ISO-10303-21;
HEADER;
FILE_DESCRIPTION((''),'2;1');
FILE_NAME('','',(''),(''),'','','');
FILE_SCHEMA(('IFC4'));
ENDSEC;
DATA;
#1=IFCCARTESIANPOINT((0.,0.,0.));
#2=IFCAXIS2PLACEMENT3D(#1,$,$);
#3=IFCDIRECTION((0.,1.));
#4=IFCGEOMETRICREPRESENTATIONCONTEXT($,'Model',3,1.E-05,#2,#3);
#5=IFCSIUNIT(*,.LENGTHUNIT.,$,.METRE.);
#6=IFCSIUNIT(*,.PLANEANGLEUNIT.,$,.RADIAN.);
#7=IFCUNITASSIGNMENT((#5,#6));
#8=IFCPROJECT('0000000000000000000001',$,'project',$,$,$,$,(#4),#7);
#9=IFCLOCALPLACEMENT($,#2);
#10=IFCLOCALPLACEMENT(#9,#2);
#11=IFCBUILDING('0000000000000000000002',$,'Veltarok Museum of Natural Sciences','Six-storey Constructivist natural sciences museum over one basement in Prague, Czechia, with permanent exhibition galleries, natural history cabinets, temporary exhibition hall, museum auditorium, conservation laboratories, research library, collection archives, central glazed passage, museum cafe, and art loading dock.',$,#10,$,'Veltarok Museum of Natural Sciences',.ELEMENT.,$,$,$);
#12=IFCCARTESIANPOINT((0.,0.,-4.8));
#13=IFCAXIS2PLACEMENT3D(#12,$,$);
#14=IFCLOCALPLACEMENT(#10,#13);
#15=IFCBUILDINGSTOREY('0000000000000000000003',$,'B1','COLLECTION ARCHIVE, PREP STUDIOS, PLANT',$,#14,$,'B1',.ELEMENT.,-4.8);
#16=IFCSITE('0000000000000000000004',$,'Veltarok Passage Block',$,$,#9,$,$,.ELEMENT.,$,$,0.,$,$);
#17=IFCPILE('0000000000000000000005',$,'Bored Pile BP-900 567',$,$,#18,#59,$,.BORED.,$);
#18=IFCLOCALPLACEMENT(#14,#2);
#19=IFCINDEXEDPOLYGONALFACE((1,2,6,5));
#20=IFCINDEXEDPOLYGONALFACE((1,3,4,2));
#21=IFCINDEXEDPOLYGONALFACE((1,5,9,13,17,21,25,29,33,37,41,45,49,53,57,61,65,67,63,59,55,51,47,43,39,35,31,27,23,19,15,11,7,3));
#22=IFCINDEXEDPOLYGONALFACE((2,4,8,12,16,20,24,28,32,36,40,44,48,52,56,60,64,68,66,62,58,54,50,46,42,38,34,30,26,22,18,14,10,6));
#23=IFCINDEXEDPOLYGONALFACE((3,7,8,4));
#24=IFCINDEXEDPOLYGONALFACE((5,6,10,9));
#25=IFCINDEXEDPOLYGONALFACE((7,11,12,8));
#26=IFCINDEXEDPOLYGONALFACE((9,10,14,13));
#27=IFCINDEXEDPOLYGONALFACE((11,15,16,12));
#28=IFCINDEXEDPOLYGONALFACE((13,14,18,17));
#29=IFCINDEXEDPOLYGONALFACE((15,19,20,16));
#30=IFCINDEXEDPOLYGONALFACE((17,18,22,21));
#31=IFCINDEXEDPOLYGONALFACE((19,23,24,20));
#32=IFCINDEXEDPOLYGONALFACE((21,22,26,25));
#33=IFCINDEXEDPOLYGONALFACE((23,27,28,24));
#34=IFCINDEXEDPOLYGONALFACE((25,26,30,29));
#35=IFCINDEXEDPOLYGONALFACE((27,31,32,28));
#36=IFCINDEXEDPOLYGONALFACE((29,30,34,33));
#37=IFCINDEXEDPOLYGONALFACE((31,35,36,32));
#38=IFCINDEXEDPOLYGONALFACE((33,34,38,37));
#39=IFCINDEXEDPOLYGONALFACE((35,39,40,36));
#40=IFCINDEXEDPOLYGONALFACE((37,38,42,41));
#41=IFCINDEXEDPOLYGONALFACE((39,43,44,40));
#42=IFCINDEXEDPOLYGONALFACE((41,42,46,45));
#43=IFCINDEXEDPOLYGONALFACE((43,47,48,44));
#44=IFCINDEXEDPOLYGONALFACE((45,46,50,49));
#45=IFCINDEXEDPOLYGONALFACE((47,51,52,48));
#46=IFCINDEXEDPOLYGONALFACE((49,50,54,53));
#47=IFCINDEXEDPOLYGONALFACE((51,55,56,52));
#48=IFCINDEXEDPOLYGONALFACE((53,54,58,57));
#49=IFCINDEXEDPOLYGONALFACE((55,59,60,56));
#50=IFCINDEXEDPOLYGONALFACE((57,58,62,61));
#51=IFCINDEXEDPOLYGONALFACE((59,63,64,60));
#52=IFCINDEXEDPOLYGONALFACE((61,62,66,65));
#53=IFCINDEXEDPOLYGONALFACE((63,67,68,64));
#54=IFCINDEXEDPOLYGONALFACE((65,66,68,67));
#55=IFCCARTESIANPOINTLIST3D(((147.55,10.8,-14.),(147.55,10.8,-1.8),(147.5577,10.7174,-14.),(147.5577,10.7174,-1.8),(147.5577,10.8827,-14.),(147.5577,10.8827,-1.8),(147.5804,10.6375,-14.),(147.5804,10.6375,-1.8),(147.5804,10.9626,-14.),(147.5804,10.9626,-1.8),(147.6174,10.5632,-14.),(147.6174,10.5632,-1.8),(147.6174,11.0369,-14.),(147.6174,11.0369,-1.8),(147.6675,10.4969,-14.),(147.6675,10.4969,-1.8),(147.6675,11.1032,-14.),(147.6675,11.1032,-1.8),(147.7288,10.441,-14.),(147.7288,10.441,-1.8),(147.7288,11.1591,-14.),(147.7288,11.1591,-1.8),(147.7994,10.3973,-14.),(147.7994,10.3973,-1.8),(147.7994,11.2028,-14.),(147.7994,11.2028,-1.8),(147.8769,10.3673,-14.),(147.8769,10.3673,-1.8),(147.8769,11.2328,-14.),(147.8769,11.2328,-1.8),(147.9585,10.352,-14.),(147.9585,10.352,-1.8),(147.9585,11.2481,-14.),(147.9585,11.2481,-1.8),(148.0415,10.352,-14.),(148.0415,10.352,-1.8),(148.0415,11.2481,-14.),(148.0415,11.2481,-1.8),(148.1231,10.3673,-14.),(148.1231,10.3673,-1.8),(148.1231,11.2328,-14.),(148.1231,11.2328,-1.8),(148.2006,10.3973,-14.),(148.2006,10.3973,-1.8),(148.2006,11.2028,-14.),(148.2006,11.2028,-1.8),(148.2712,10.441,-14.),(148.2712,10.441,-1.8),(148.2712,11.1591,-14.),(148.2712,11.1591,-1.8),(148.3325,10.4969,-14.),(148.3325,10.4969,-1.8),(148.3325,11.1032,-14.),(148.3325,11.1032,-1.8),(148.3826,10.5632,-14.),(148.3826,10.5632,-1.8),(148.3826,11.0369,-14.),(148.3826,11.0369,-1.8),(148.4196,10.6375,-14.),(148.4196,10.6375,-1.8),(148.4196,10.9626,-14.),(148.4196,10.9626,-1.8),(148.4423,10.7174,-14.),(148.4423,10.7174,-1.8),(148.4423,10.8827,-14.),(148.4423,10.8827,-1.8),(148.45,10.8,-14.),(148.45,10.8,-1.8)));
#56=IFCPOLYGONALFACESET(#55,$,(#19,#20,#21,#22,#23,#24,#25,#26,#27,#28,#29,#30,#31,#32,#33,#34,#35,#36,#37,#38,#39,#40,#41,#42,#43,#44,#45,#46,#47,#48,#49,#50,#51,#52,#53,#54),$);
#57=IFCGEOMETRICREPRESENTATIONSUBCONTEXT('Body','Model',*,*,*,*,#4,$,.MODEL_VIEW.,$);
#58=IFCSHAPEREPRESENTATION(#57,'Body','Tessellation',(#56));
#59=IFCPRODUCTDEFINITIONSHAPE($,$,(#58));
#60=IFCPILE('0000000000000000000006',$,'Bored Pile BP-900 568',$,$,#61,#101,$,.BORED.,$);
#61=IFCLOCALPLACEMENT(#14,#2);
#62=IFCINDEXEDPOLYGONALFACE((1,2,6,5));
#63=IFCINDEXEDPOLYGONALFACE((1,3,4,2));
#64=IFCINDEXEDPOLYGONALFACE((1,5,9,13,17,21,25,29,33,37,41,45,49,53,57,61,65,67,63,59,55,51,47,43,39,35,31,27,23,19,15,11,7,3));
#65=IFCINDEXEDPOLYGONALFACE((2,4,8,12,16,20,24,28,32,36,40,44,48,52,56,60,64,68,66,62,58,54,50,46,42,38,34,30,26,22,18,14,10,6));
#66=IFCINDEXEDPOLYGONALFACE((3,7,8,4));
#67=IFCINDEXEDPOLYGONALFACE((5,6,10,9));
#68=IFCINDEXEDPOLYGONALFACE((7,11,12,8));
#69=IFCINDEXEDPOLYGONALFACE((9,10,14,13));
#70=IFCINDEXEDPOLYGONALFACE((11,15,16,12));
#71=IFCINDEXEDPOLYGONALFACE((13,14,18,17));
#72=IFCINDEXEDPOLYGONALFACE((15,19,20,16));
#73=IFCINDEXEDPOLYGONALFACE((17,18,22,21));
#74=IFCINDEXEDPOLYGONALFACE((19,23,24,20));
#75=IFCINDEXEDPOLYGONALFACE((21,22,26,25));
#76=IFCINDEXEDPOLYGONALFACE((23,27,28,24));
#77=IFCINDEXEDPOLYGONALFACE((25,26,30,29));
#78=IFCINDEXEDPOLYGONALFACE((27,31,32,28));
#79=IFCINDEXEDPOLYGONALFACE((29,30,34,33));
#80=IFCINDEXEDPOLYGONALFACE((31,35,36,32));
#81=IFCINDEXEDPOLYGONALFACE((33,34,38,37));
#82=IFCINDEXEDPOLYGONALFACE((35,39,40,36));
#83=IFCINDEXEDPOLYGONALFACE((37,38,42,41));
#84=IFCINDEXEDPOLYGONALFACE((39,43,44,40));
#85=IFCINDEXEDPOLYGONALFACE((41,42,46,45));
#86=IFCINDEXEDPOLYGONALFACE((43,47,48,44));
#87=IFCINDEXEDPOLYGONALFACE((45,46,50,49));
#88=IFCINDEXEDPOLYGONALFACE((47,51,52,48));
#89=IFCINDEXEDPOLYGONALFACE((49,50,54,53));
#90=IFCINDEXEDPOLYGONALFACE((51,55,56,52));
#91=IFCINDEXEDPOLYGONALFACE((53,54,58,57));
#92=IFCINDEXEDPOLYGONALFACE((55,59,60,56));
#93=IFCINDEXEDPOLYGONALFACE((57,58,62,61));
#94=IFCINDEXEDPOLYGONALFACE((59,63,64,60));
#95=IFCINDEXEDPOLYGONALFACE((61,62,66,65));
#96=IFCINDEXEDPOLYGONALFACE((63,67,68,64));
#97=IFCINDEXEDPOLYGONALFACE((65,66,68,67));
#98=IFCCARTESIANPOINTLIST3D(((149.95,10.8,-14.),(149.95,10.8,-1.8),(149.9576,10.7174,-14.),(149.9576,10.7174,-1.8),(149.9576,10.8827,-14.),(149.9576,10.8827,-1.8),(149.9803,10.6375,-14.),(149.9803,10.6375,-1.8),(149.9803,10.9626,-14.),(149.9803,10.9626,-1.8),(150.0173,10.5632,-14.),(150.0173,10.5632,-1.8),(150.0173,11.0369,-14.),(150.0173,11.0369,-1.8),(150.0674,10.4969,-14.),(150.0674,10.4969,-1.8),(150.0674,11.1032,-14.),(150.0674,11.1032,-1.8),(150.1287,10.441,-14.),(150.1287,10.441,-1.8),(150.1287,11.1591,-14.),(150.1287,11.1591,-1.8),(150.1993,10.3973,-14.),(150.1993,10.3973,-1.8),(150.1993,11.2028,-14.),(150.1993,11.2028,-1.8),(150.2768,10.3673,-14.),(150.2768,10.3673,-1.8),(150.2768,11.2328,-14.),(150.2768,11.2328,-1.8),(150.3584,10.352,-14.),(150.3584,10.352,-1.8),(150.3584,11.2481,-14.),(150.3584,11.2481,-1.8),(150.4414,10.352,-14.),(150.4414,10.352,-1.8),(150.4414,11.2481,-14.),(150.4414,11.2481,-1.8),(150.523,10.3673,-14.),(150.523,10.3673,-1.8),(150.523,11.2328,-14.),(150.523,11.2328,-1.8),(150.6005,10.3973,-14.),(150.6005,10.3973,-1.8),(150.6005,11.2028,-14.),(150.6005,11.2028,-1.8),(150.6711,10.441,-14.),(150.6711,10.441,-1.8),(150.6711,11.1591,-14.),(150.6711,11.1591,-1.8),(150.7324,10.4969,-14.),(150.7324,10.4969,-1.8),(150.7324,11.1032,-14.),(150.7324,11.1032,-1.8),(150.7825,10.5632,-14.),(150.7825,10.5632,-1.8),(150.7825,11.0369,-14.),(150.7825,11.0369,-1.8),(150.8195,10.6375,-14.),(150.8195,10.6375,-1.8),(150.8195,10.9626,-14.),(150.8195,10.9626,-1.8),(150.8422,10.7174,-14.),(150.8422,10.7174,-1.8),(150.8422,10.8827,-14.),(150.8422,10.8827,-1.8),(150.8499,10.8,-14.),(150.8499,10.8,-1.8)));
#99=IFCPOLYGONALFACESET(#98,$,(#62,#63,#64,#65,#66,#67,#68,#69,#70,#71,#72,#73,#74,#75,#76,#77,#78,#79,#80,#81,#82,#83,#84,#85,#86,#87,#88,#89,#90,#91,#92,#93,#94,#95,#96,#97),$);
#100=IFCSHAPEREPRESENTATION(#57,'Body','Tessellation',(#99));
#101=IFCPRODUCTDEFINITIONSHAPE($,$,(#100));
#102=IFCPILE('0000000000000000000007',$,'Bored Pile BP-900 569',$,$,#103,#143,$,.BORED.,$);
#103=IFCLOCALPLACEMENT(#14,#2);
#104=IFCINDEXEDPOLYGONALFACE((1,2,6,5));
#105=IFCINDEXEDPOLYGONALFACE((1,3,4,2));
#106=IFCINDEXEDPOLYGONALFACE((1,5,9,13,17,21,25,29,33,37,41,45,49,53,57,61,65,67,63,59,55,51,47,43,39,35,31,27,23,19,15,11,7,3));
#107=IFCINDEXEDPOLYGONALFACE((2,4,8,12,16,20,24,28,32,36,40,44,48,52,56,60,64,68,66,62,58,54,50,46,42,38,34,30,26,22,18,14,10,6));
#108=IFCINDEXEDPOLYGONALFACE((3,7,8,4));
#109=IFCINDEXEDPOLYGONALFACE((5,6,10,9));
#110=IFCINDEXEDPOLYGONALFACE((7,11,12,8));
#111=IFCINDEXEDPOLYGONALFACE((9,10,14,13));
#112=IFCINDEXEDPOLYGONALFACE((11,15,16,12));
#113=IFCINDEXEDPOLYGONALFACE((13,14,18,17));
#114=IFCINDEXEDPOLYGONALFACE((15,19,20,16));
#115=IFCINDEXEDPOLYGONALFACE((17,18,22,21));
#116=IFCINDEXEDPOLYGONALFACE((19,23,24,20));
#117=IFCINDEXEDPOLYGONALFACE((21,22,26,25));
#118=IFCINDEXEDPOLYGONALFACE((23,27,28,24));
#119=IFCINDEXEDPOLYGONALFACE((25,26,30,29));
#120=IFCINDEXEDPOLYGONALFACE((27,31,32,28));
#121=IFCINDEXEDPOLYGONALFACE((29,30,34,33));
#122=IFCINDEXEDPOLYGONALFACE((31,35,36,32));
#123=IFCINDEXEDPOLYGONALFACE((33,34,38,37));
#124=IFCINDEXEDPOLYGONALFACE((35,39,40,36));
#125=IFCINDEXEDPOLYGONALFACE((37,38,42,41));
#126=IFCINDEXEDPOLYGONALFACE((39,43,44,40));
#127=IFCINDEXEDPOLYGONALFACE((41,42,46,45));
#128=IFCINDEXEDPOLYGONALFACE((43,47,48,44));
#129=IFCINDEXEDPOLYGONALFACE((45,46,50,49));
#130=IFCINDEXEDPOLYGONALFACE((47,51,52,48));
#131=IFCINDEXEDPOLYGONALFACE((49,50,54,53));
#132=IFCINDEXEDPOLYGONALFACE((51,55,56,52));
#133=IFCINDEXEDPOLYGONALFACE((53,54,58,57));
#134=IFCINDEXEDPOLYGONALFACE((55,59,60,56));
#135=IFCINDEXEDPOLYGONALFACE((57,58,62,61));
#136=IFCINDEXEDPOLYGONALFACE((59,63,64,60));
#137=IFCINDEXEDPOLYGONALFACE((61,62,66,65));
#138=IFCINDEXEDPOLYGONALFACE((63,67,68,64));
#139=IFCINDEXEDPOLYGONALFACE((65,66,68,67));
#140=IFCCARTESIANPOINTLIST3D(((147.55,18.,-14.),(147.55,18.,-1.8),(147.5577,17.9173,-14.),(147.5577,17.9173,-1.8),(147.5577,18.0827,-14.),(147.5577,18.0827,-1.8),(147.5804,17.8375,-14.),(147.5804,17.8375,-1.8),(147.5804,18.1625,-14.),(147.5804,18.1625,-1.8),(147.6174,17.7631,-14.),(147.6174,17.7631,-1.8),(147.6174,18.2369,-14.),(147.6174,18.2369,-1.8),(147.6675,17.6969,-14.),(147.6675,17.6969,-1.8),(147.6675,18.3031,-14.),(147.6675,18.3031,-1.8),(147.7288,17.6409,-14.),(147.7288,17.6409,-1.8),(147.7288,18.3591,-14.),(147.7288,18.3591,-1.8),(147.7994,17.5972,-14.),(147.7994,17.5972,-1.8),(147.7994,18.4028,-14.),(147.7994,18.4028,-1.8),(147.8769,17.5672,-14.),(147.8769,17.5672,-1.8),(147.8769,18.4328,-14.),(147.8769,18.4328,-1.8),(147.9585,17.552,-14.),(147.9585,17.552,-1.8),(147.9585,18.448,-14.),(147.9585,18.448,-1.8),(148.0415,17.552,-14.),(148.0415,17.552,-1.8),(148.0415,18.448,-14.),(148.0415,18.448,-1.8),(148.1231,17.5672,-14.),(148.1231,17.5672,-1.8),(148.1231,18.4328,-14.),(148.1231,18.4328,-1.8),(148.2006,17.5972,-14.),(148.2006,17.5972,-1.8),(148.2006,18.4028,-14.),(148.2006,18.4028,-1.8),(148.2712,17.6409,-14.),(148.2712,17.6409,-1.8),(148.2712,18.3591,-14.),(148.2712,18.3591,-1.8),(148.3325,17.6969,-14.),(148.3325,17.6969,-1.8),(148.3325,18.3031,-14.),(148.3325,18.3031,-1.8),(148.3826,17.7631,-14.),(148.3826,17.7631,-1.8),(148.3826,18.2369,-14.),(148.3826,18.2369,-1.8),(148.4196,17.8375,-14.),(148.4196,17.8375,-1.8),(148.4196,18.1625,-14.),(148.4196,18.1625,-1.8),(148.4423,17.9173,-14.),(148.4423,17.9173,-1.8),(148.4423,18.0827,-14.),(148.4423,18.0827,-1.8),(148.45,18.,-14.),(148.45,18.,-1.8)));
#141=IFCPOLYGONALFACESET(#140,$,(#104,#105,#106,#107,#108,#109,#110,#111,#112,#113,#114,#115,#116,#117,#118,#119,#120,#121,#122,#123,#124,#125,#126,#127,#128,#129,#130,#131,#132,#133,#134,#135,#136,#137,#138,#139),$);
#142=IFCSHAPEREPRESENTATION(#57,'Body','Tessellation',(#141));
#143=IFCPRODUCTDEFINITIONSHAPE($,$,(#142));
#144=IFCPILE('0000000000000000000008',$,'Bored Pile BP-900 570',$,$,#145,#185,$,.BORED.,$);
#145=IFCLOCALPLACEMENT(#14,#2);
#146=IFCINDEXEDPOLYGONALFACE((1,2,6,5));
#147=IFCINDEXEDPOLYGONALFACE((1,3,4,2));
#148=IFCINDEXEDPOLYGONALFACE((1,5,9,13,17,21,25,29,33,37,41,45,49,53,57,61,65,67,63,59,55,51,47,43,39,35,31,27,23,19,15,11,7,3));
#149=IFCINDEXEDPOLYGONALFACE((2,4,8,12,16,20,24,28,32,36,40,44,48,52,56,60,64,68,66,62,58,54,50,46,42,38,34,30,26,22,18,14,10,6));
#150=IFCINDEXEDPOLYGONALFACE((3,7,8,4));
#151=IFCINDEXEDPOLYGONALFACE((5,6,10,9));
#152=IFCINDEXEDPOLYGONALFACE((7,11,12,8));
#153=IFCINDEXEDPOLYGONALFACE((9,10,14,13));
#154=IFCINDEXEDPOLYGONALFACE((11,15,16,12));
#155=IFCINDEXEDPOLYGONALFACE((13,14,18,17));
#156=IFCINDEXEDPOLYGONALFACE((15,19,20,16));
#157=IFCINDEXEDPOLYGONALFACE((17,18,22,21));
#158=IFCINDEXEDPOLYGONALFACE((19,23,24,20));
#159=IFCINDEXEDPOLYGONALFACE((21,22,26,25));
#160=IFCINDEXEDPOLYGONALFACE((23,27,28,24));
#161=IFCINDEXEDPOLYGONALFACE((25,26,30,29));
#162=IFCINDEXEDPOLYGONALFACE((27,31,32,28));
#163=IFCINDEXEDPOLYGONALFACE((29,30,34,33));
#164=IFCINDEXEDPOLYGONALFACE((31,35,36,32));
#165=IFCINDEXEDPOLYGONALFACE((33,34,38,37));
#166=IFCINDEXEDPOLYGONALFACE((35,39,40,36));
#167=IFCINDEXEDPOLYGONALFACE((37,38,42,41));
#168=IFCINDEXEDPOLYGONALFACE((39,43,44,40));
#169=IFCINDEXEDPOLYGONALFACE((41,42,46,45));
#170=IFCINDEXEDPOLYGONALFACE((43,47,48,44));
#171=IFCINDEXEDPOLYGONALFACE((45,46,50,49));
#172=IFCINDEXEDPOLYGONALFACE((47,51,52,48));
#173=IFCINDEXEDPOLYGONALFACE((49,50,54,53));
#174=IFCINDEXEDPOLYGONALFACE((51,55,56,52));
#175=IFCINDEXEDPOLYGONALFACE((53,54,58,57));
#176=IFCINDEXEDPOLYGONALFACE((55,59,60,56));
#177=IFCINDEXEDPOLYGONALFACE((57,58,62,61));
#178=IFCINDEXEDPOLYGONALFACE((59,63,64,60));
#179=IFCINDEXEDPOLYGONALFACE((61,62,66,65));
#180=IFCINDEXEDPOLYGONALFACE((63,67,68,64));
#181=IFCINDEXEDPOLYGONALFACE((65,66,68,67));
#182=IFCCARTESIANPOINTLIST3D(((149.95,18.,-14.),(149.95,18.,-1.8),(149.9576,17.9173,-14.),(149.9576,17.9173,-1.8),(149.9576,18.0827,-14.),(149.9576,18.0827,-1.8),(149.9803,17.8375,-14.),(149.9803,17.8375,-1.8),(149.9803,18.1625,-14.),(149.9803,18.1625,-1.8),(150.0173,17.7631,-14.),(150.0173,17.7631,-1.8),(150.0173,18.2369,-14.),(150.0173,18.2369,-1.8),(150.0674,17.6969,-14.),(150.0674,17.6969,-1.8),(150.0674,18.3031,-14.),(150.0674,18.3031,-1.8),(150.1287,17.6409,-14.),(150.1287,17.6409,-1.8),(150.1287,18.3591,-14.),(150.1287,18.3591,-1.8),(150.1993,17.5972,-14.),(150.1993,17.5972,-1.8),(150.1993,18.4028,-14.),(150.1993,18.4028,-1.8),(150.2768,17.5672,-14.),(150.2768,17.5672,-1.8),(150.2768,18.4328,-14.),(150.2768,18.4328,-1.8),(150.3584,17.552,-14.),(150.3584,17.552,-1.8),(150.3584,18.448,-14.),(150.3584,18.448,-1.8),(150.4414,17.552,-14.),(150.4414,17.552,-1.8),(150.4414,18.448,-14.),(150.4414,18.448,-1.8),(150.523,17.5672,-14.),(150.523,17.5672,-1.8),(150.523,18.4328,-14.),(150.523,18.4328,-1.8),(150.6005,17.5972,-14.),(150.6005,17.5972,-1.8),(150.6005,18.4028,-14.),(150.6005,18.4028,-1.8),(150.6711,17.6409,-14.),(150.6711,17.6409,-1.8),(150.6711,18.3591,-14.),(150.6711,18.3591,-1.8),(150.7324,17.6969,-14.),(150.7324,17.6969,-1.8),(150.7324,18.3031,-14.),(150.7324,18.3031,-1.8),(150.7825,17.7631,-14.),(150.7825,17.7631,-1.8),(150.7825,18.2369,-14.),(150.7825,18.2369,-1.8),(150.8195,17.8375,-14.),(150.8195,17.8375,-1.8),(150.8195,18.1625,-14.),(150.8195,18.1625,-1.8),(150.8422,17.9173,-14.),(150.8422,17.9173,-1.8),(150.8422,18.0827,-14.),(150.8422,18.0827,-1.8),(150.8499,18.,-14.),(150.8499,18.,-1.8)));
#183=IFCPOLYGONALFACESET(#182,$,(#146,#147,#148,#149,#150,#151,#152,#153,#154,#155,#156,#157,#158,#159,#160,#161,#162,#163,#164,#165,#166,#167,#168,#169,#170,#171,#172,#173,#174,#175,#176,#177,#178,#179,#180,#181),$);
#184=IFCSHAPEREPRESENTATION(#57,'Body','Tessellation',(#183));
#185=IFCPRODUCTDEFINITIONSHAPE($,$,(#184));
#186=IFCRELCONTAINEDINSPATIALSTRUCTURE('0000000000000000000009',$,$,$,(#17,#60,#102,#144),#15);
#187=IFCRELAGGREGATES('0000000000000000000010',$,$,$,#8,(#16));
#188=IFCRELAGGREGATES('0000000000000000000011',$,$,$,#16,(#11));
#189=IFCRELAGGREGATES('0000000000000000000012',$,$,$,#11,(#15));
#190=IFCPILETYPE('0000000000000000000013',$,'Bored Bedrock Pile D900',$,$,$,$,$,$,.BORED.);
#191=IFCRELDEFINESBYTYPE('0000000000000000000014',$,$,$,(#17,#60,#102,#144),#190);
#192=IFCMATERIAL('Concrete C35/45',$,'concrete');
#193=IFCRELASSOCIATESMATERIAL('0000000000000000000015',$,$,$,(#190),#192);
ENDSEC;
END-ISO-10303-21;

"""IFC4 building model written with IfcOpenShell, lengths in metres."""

from ifc_helpers import new_model, si_unit, direction, frame, origin, origin_2d, place, context, subcontext, project, spatial, circle, extrude, material, material_profile, profile_set, type_object, element, save


model = new_model("IFC4")

# Units and contexts
model_context = context("Model", 3, precision=1e-05, world=origin(), true_north=direction((0.0, 1.0)))
body_context = subcontext(model_context, "Body", "Model", "MODEL_VIEW")
ifc_project = project(units=[si_unit("LENGTHUNIT", "METRE"), si_unit("PLANEANGLEUNIT", "RADIAN")], contexts=[model_context])

# Site, building, storey
site_placement = place(None, origin())
site = spatial("IfcSite", under=ifc_project, at=site_placement, Name="Veltarok Passage Block", CompositionType="ELEMENT", RefElevation=0.0)
building_placement = place(site_placement, origin())
building = spatial("IfcBuilding", under=site, at=building_placement, Name="Veltarok Museum of Natural Sciences", Description="Six-storey Constructivist natural sciences museum over one basement in Prague, Czechia, with permanent exhibition galleries, natural history cabinets, temporary exhibition hall, museum auditorium, conservation laboratories, research library, collection archives, central glazed passage, museum cafe, and art loading dock.", LongName="Veltarok Museum of Natural Sciences", CompositionType="ELEMENT")
storey_placement = place(building_placement, frame((0.0, 0.0, -4.8)))
storey = spatial("IfcBuildingStorey", under=building, at=storey_placement, Name="B1", Description="COLLECTION ARCHIVE, PREP STUDIOS, PLANT", LongName="B1", CompositionType="ELEMENT", Elevation=-4.8)

# Piles
ifc_material_1 = material(Name="Concrete C35/45", Category="concrete")
ifc_material_profile_1 = material_profile(ifc_material_1, circle(Radius=0.45, at=origin_2d()), Name="BP D900")
ifc_profile_set_1 = profile_set([ifc_material_profile_1], Name="Concrete C35/45")
pile_type = type_object("IfcPileType", Name="Bored Bedrock Pile D900", PredefinedType="BORED", material=ifc_profile_set_1)
for number, where, z_axis, x_axis, name in (
    (1, (148.0, 10.8, -1.8), (0.0, 0.0, -1.0), (1.0, 0.0, 0.0), "Bored Pile BP-900 567"),
    (2, (150.3999, 10.8, -1.8), (0.0, 0.0, -1.0), (1.0, 0.0, 0.0), "Bored Pile BP-900 568"),
    (3, (148.0, 18.0, -1.8), (0.0, 0.0, -1.0), (1.0, 0.0, 0.0), "Bored Pile BP-900 569"),
    (4, (150.3999, 18.0, -1.8), (0.0, 0.0, -1.0), (1.0, 0.0, 0.0), "Bored Pile BP-900 570"),
):
    element("IfcPile", number, at=place(storey_placement, frame(where, z_axis=z_axis, x_axis=x_axis)), inside=storey, type_object=pile_type, Name=name, PredefinedType="BORED", context=body_context, shape_type="SweptSolid", body=[
        extrude(circle(Radius=0.45, at=origin_2d()), origin(), (0.0, 0.0, 1.0), 12.2),
    ])

save(model, "model.ifc")
